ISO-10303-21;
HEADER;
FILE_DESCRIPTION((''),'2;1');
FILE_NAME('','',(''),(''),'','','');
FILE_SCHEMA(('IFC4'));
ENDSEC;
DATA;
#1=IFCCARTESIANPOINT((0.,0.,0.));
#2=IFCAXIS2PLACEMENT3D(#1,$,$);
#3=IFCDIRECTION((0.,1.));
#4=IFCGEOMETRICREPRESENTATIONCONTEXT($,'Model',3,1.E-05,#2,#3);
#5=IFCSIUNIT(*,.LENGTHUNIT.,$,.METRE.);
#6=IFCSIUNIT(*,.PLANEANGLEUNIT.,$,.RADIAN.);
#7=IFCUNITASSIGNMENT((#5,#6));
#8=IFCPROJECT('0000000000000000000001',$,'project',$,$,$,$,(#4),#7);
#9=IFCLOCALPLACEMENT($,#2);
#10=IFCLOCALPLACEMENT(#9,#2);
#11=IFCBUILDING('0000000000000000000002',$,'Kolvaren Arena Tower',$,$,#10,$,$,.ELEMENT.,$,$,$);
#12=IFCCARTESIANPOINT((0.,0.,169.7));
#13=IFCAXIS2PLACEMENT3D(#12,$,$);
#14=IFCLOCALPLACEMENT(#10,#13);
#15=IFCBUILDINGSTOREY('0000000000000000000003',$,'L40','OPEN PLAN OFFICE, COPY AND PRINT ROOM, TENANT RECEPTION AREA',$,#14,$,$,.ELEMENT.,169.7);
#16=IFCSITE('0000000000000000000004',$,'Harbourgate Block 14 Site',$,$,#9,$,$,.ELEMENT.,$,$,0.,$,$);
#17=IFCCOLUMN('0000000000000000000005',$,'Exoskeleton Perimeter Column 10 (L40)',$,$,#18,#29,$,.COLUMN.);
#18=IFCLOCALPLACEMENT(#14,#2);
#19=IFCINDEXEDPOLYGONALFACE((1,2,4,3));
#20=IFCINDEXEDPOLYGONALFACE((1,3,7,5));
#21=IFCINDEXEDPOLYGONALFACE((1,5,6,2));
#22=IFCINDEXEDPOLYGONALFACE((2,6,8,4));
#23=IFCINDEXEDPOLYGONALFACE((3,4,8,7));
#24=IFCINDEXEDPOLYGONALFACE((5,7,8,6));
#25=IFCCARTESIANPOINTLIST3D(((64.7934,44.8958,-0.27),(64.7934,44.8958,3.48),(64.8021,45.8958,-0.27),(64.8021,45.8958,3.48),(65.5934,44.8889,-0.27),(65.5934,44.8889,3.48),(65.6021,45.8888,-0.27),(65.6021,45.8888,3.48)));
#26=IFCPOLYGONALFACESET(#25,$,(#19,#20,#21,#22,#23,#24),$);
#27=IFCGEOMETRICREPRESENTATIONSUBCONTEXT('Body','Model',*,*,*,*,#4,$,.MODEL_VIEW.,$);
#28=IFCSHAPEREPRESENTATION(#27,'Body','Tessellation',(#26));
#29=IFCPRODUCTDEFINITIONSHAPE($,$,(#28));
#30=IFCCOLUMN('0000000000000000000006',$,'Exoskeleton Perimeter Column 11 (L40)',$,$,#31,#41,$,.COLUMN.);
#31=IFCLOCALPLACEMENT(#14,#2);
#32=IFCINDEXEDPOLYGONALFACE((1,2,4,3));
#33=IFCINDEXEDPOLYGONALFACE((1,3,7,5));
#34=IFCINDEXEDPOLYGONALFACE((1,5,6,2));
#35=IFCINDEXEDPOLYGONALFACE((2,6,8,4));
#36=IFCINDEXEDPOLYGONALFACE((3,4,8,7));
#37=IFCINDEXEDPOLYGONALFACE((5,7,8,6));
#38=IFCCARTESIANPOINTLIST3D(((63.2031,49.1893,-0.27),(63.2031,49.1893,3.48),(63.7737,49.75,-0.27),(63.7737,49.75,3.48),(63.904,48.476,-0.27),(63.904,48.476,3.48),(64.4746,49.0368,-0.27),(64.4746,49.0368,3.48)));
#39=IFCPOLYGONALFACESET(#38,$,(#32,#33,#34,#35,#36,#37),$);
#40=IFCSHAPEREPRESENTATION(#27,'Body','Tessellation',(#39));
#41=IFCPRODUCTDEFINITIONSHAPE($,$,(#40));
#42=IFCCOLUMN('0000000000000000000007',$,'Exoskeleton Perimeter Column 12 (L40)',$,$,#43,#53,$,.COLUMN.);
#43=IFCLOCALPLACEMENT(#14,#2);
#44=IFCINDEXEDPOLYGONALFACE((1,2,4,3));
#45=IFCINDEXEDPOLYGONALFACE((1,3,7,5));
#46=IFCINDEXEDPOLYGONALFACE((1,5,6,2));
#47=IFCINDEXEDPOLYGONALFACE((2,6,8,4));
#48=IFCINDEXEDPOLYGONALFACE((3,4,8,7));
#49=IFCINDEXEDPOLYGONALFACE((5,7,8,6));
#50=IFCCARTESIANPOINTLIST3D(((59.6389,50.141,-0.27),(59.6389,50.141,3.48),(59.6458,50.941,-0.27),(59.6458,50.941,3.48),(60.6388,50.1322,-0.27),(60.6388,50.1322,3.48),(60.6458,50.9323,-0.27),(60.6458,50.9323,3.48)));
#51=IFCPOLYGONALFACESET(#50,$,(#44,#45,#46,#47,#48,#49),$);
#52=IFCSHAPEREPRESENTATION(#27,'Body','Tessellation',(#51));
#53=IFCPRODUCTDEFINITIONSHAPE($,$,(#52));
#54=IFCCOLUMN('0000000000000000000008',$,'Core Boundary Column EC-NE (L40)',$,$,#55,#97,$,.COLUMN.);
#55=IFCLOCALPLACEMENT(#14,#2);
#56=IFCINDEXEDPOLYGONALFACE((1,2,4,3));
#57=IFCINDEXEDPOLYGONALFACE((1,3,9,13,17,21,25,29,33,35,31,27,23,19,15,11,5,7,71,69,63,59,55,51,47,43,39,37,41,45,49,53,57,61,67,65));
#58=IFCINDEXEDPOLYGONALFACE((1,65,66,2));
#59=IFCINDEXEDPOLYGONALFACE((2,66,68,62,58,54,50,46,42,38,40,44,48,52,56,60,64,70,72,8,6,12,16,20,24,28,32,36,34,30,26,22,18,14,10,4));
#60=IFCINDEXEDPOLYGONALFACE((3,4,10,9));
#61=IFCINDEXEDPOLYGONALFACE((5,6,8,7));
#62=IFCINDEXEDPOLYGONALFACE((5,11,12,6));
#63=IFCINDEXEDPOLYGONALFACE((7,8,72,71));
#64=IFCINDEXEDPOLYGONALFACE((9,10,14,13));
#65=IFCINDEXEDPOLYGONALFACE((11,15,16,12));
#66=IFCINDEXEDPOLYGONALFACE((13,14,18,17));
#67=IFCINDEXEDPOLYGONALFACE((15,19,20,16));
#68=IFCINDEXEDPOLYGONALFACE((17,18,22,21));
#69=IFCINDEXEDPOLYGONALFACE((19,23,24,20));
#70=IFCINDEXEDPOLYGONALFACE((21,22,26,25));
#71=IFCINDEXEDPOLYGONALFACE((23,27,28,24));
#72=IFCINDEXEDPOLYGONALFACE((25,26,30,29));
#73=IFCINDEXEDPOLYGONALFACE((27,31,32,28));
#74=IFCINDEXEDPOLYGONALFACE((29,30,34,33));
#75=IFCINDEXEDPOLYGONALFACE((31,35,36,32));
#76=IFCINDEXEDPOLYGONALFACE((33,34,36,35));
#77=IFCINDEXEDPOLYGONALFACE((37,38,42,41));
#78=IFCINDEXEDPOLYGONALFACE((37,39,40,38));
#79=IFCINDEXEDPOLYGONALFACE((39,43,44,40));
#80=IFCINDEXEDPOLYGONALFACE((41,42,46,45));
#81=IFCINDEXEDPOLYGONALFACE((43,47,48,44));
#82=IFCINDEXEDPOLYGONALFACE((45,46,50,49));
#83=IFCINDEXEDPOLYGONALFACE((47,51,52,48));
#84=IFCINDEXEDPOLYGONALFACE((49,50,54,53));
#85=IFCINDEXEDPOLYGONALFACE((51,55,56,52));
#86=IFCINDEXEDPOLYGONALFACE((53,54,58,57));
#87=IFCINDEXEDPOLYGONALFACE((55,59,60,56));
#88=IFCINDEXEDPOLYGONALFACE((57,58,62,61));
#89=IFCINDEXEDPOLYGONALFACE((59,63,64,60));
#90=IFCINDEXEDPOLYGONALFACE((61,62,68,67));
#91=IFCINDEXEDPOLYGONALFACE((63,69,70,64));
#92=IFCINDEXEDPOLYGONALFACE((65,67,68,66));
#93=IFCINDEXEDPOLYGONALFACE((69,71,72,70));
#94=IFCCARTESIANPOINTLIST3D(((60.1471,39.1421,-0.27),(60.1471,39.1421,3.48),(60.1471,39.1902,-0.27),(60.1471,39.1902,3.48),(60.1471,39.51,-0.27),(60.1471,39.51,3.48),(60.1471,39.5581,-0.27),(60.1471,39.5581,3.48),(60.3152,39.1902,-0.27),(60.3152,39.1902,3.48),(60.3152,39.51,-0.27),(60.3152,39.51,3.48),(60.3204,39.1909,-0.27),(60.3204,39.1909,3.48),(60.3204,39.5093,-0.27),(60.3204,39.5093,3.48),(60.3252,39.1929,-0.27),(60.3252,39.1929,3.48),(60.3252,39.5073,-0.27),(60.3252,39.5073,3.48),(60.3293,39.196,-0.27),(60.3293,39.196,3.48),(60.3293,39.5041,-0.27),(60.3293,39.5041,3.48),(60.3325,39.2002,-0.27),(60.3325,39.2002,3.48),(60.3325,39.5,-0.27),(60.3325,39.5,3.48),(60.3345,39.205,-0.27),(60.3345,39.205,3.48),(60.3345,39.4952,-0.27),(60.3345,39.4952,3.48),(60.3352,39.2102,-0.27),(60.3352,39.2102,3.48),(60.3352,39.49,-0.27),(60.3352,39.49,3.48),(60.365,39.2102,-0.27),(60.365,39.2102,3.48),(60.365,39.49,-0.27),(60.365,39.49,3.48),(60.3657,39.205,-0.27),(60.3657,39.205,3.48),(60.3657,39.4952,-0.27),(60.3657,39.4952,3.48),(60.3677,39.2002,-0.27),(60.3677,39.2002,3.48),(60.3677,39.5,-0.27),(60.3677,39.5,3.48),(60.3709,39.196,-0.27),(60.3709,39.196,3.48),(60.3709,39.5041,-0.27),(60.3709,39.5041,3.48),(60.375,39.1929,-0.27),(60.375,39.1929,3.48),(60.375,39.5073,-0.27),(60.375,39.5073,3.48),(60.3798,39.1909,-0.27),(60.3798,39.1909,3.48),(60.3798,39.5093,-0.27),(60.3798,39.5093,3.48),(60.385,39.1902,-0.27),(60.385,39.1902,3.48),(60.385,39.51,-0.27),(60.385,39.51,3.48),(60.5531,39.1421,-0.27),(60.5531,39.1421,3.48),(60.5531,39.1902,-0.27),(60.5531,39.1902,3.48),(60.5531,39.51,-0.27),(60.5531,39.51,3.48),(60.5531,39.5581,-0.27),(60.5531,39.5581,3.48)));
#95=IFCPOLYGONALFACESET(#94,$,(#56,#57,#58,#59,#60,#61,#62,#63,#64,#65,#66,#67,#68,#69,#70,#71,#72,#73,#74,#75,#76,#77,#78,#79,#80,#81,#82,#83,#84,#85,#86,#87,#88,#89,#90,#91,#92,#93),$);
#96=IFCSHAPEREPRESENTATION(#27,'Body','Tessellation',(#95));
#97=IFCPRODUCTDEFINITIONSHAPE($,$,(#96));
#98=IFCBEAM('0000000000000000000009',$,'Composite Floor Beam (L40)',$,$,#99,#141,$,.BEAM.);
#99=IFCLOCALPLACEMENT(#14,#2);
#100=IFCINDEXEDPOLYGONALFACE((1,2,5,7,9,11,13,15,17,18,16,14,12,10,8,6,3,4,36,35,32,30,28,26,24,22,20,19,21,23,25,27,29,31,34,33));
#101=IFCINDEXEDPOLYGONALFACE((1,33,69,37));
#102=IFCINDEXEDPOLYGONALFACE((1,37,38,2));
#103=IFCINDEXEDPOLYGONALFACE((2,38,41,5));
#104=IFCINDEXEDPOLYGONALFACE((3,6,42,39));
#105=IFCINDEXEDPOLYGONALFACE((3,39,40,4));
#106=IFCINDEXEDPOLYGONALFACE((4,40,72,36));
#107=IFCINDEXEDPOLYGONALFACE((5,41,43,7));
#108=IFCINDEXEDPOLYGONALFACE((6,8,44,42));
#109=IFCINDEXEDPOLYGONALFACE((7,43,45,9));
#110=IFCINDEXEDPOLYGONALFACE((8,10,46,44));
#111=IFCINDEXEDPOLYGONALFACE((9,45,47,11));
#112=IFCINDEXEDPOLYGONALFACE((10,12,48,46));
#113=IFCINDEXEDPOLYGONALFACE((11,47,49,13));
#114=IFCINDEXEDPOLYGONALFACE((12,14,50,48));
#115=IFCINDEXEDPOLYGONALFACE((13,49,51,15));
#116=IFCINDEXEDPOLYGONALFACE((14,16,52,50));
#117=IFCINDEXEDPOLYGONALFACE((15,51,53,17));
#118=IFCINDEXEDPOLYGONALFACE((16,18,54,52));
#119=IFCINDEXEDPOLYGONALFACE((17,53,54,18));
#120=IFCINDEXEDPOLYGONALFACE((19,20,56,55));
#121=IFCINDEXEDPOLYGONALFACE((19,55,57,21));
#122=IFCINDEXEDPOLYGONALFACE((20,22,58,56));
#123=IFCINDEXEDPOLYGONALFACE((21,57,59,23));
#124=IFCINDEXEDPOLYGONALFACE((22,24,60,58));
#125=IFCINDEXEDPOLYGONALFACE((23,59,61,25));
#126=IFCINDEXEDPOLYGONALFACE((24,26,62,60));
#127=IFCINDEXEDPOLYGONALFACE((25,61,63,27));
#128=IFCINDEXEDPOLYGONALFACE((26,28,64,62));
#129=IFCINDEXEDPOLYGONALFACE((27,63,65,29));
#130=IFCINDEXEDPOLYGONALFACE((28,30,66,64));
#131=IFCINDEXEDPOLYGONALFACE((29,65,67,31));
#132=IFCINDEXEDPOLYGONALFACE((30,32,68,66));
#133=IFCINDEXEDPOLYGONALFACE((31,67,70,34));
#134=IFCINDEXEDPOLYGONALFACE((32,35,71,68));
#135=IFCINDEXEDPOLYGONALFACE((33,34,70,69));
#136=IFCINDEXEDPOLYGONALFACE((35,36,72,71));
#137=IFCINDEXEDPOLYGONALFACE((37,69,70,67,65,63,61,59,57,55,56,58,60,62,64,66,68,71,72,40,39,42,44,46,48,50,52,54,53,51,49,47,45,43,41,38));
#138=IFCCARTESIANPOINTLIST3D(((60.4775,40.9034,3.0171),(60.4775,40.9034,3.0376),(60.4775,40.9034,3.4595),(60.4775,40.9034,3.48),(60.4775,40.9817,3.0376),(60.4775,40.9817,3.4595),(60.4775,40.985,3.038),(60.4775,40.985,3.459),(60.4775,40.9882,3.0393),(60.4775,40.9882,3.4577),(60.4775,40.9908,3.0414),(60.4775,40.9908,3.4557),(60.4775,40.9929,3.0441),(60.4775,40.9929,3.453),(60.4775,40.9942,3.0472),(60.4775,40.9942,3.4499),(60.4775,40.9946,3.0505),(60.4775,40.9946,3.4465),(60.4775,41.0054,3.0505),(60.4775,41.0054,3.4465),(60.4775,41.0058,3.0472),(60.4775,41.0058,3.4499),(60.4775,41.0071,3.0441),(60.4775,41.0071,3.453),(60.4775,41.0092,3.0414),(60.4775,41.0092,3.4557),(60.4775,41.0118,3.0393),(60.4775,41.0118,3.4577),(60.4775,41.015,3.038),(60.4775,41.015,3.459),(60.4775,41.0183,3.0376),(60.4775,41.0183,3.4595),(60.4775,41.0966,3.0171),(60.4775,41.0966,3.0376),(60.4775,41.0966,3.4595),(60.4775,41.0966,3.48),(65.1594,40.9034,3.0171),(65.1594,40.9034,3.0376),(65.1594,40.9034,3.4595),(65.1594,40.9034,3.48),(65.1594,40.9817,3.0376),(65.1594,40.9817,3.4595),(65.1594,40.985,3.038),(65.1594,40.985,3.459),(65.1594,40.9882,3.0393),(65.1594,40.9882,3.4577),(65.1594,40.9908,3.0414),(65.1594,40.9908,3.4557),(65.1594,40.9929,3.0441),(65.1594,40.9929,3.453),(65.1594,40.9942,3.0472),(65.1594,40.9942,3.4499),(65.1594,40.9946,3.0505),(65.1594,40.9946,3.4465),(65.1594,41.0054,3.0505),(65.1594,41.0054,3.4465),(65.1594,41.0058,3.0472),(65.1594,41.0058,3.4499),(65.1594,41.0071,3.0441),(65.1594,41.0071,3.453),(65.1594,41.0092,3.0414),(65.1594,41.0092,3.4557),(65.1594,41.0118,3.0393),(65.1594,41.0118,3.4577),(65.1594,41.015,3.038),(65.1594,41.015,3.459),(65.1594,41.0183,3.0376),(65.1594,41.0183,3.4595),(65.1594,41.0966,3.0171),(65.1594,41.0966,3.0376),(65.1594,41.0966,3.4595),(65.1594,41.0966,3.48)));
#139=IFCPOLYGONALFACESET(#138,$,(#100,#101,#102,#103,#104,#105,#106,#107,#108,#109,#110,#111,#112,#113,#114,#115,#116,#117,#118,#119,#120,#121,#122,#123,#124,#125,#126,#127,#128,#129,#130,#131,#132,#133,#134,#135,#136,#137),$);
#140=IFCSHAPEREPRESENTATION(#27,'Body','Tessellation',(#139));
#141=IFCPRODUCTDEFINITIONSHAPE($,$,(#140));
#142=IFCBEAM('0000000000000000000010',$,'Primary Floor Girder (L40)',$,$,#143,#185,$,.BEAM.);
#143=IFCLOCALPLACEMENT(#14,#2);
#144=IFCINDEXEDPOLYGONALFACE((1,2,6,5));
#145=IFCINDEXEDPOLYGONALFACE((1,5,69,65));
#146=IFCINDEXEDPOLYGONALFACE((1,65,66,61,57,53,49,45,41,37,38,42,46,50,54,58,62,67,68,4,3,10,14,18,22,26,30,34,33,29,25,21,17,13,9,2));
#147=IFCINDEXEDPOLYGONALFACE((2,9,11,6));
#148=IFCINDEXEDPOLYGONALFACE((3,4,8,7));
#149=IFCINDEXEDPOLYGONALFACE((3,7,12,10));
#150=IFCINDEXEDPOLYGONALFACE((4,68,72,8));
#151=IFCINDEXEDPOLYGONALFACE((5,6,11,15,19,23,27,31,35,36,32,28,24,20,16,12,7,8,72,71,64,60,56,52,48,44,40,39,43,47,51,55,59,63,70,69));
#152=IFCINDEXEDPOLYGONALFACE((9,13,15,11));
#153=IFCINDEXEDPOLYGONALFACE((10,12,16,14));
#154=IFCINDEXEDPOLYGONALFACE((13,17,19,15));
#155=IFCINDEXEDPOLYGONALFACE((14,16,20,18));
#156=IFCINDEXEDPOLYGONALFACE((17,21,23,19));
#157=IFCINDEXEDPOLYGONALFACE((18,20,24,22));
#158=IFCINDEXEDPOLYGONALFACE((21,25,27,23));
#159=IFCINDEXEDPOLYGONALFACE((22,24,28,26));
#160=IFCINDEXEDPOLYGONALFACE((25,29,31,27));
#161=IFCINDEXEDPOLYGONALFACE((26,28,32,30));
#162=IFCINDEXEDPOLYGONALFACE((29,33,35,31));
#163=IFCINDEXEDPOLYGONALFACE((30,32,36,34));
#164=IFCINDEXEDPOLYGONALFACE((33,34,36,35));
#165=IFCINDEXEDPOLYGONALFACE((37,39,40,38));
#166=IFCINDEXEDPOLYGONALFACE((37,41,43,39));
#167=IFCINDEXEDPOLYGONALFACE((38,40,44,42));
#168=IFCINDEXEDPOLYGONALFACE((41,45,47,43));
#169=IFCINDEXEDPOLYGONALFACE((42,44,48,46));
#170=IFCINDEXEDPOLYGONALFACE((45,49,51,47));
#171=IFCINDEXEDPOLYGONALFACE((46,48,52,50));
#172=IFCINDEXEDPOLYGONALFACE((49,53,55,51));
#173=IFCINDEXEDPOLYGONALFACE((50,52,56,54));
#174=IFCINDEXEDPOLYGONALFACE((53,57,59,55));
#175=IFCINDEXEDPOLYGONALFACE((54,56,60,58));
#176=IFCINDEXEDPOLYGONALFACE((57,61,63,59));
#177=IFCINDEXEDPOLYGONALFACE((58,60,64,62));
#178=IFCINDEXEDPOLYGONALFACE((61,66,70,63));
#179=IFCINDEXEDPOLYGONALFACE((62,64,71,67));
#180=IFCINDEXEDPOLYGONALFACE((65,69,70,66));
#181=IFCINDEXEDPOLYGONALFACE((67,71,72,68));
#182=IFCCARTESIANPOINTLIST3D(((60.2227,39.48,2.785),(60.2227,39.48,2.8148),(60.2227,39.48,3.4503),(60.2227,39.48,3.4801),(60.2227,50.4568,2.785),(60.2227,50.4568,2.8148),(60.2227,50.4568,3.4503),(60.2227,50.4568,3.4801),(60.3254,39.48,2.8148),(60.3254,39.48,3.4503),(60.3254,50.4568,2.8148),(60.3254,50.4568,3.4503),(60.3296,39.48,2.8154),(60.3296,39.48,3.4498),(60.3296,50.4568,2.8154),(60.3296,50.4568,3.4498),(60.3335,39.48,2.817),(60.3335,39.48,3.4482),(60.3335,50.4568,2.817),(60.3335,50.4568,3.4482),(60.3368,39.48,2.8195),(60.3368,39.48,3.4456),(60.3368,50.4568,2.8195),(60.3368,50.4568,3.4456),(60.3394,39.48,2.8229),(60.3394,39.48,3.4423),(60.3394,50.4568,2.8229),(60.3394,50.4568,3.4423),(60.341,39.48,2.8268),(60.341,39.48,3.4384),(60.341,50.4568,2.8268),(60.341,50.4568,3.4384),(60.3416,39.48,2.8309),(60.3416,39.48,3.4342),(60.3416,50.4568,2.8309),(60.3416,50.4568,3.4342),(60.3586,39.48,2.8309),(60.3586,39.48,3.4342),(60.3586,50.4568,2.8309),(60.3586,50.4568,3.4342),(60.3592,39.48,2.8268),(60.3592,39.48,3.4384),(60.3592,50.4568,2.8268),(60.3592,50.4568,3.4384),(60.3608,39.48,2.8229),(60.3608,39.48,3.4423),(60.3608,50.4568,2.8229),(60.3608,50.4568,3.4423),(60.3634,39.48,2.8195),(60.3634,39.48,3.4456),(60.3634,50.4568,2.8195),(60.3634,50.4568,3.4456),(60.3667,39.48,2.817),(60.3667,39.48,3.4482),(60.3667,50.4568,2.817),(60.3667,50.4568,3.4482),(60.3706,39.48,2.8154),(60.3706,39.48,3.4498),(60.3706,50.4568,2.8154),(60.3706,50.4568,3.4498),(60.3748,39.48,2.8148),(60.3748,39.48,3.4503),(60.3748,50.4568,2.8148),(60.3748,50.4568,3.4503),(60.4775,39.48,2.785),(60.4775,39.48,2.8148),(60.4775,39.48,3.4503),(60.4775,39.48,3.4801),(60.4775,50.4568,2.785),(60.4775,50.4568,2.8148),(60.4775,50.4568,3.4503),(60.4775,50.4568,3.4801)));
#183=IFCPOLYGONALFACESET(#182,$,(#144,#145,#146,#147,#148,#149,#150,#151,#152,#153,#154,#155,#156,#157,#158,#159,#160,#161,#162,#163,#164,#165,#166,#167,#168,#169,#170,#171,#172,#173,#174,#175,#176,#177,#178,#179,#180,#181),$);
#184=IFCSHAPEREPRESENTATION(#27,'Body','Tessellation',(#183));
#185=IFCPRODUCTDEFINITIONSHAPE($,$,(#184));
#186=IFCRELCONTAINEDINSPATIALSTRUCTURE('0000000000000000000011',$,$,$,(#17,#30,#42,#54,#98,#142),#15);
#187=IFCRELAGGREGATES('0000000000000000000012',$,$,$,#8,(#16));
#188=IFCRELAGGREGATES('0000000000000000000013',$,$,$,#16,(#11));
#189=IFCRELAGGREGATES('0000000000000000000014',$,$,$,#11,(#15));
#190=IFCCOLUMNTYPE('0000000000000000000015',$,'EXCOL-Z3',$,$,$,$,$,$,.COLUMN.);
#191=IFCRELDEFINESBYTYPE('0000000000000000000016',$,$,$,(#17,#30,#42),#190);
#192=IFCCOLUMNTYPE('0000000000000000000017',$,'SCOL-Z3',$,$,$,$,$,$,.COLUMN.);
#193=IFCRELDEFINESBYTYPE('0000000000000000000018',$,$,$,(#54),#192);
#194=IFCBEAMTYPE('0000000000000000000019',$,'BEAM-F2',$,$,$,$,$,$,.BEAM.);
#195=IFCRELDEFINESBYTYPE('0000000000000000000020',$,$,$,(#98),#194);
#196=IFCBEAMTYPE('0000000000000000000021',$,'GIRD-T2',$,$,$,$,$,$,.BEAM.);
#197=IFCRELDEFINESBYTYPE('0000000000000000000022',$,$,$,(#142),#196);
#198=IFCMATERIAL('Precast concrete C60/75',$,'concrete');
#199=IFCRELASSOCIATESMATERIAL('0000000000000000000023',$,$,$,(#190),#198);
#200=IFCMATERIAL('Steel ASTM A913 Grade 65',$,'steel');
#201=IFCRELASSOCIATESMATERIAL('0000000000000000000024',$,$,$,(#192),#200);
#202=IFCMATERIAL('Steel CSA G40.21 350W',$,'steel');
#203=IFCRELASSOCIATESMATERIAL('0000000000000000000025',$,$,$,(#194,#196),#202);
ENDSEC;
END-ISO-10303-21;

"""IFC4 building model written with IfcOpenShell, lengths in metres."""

from ifc_helpers import new_model, si_unit, direction, frame, origin, origin_2d, place, context, subcontext, project, spatial, rectangle, i_section, extrude, material, material_profile, profile_set, type_object, element, save


model = new_model("IFC4")

# Units and contexts
model_context = context("Model", 3, precision=1e-05, world=origin(), true_north=direction((0.0, 1.0)))
body_context = subcontext(model_context, "Body", "Model", "MODEL_VIEW")
ifc_project = project(units=[si_unit("LENGTHUNIT", "METRE"), si_unit("PLANEANGLEUNIT", "RADIAN")], contexts=[model_context])

# Site, building, storey
site_placement = place(None, origin())
site = spatial("IfcSite", under=ifc_project, at=site_placement, Name="Harbourgate Block 14 Site", CompositionType="ELEMENT", RefElevation=0.0)
building_placement = place(site_placement, origin())
building = spatial("IfcBuilding", under=site, at=building_placement, Name="Kolvaren Arena Tower", CompositionType="ELEMENT")
storey_placement = place(building_placement, frame((0.0, 0.0, 169.7)))
storey = spatial("IfcBuildingStorey", under=building, at=storey_placement, Name="L40", Description="OPEN PLAN OFFICE, COPY AND PRINT ROOM, TENANT RECEPTION AREA", CompositionType="ELEMENT", Elevation=169.7)

# Columns
ifc_material_1 = material(Name="Precast concrete C60/75", Category="concrete")
ifc_material_profile_1 = material_profile(ifc_material_1, rectangle(XDim=1.0, YDim=0.8, at=origin_2d()), Name="RC-1000x800")
ifc_profile_set_1 = profile_set([ifc_material_profile_1], Name="Precast concrete C60/75")
column_type_1 = type_object("IfcColumnType", Name="EXCOL-Z3", PredefinedType="COLUMN", material=ifc_profile_set_1)
for number, where, z_axis, x_axis, name in (
    (1, (65.1978, 45.3923, -0.27), (0.0, 0.0, 1.0), (0.008727, 0.999962, 0.0), "Exoskeleton Perimeter Column 10 (L40)"),
    (2, (63.8389, 49.113, -0.27), (0.0, 0.0, 1.0), (-0.700909, 0.71325, 0.0), "Exoskeleton Perimeter Column 11 (L40)"),
    (3, (60.1423, 50.5366, -0.27), (0.0, 0.0, 1.0), (0.999962, -0.008727, 0.0), "Exoskeleton Perimeter Column 12 (L40)"),
):
    element("IfcColumn", number, at=place(storey_placement, frame(where, z_axis=z_axis, x_axis=x_axis)), inside=storey, type_object=column_type_1, Name=name, PredefinedType="COLUMN", context=body_context, shape_type="SweptSolid", body=[
        extrude(rectangle(XDim=1.0, YDim=0.8, at=origin_2d()), origin(), (0.0, 0.0, 1.0), 3.75),
    ])
ifc_material_2 = material(Name="Steel ASTM A913 Grade 65", Category="steel")
ifc_material_profile_2 = material_profile(ifc_material_2, i_section(OverallWidth=0.406, OverallDepth=0.416, WebThickness=0.0298, FlangeThickness=0.0481, FilletRadius=0.02, at=origin_2d()), Name="W360x382")
ifc_profile_set_2 = profile_set([ifc_material_profile_2], Name="Steel ASTM A913 Grade 65")
column_type_2 = type_object("IfcColumnType", Name="SCOL-Z3", PredefinedType="COLUMN", material=ifc_profile_set_2)
column_placement = place(storey_placement, frame((60.3501, 39.3501, -0.27), z_axis=(0.0, 0.0, 1.0), x_axis=(1.0, 0.0, 0.0)))
element("IfcColumn", 4, at=column_placement, inside=storey, type_object=column_type_2, Name="Core Boundary Column EC-NE (L40)", PredefinedType="COLUMN", context=body_context, shape_type="SweptSolid", body=[
    extrude(i_section(OverallWidth=0.406, OverallDepth=0.416, WebThickness=0.0298, FlangeThickness=0.0481, FilletRadius=0.02, at=origin_2d()), origin(), (0.0, 0.0, 1.0), 3.75),
])

# Beams
ifc_material_3 = material(Name="Steel CSA G40.21 350W", Category="steel")
ifc_material_profile_3 = material_profile(ifc_material_3, i_section(OverallWidth=0.1931, OverallDepth=0.4629, WebThickness=0.0107, FlangeThickness=0.0205, FilletRadius=0.0129, at=origin_2d()), Name="W460x113")
ifc_profile_set_3 = profile_set([ifc_material_profile_3], Name="Steel CSA G40.21 350W")
beam_type_1 = type_object("IfcBeamType", Name="BEAM-F2", PredefinedType="BEAM", material=ifc_profile_set_3)
beam_1_placement = place(storey_placement, frame((60.4775, 41.0, 3.2485), z_axis=(1.0, 0.0, 0.0), x_axis=(0.0, 1.0, 0.0)))
element("IfcBeam", 5, at=beam_1_placement, inside=storey, type_object=beam_type_1, Name="Composite Floor Beam (L40)", PredefinedType="BEAM", context=body_context, shape_type="SweptSolid", body=[
    extrude(i_section(OverallWidth=0.1931, OverallDepth=0.4629, WebThickness=0.0107, FlangeThickness=0.0205, FilletRadius=0.0129, at=origin_2d()), origin(), (0.0, 0.0, 1.0), 4.6819),
])
ifc_material_profile_4 = material_profile(ifc_material_3, i_section(OverallWidth=0.2549, OverallDepth=0.6951, WebThickness=0.0171, FlangeThickness=0.0298, FilletRadius=0.0161, at=origin_2d()), Name="W690x217")
ifc_profile_set_4 = profile_set([ifc_material_profile_4], Name="Steel CSA G40.21 350W")
beam_type_2 = type_object("IfcBeamType", Name="GIRD-T2", PredefinedType="BEAM", material=ifc_profile_set_4)
beam_2_placement = place(storey_placement, frame((60.3501, 39.48, 3.1326), z_axis=(0.0, 1.0, 0.0), x_axis=(-1.0, 0.0, 0.0)))
element("IfcBeam", 6, at=beam_2_placement, inside=storey, type_object=beam_type_2, Name="Primary Floor Girder (L40)", PredefinedType="BEAM", context=body_context, shape_type="SweptSolid", body=[
    extrude(i_section(OverallWidth=0.2549, OverallDepth=0.6951, WebThickness=0.0171, FlangeThickness=0.0298, FilletRadius=0.0161, at=origin_2d()), origin(), (0.0, 0.0, 1.0), 10.9768),
])

save(model, "model.ifc")
